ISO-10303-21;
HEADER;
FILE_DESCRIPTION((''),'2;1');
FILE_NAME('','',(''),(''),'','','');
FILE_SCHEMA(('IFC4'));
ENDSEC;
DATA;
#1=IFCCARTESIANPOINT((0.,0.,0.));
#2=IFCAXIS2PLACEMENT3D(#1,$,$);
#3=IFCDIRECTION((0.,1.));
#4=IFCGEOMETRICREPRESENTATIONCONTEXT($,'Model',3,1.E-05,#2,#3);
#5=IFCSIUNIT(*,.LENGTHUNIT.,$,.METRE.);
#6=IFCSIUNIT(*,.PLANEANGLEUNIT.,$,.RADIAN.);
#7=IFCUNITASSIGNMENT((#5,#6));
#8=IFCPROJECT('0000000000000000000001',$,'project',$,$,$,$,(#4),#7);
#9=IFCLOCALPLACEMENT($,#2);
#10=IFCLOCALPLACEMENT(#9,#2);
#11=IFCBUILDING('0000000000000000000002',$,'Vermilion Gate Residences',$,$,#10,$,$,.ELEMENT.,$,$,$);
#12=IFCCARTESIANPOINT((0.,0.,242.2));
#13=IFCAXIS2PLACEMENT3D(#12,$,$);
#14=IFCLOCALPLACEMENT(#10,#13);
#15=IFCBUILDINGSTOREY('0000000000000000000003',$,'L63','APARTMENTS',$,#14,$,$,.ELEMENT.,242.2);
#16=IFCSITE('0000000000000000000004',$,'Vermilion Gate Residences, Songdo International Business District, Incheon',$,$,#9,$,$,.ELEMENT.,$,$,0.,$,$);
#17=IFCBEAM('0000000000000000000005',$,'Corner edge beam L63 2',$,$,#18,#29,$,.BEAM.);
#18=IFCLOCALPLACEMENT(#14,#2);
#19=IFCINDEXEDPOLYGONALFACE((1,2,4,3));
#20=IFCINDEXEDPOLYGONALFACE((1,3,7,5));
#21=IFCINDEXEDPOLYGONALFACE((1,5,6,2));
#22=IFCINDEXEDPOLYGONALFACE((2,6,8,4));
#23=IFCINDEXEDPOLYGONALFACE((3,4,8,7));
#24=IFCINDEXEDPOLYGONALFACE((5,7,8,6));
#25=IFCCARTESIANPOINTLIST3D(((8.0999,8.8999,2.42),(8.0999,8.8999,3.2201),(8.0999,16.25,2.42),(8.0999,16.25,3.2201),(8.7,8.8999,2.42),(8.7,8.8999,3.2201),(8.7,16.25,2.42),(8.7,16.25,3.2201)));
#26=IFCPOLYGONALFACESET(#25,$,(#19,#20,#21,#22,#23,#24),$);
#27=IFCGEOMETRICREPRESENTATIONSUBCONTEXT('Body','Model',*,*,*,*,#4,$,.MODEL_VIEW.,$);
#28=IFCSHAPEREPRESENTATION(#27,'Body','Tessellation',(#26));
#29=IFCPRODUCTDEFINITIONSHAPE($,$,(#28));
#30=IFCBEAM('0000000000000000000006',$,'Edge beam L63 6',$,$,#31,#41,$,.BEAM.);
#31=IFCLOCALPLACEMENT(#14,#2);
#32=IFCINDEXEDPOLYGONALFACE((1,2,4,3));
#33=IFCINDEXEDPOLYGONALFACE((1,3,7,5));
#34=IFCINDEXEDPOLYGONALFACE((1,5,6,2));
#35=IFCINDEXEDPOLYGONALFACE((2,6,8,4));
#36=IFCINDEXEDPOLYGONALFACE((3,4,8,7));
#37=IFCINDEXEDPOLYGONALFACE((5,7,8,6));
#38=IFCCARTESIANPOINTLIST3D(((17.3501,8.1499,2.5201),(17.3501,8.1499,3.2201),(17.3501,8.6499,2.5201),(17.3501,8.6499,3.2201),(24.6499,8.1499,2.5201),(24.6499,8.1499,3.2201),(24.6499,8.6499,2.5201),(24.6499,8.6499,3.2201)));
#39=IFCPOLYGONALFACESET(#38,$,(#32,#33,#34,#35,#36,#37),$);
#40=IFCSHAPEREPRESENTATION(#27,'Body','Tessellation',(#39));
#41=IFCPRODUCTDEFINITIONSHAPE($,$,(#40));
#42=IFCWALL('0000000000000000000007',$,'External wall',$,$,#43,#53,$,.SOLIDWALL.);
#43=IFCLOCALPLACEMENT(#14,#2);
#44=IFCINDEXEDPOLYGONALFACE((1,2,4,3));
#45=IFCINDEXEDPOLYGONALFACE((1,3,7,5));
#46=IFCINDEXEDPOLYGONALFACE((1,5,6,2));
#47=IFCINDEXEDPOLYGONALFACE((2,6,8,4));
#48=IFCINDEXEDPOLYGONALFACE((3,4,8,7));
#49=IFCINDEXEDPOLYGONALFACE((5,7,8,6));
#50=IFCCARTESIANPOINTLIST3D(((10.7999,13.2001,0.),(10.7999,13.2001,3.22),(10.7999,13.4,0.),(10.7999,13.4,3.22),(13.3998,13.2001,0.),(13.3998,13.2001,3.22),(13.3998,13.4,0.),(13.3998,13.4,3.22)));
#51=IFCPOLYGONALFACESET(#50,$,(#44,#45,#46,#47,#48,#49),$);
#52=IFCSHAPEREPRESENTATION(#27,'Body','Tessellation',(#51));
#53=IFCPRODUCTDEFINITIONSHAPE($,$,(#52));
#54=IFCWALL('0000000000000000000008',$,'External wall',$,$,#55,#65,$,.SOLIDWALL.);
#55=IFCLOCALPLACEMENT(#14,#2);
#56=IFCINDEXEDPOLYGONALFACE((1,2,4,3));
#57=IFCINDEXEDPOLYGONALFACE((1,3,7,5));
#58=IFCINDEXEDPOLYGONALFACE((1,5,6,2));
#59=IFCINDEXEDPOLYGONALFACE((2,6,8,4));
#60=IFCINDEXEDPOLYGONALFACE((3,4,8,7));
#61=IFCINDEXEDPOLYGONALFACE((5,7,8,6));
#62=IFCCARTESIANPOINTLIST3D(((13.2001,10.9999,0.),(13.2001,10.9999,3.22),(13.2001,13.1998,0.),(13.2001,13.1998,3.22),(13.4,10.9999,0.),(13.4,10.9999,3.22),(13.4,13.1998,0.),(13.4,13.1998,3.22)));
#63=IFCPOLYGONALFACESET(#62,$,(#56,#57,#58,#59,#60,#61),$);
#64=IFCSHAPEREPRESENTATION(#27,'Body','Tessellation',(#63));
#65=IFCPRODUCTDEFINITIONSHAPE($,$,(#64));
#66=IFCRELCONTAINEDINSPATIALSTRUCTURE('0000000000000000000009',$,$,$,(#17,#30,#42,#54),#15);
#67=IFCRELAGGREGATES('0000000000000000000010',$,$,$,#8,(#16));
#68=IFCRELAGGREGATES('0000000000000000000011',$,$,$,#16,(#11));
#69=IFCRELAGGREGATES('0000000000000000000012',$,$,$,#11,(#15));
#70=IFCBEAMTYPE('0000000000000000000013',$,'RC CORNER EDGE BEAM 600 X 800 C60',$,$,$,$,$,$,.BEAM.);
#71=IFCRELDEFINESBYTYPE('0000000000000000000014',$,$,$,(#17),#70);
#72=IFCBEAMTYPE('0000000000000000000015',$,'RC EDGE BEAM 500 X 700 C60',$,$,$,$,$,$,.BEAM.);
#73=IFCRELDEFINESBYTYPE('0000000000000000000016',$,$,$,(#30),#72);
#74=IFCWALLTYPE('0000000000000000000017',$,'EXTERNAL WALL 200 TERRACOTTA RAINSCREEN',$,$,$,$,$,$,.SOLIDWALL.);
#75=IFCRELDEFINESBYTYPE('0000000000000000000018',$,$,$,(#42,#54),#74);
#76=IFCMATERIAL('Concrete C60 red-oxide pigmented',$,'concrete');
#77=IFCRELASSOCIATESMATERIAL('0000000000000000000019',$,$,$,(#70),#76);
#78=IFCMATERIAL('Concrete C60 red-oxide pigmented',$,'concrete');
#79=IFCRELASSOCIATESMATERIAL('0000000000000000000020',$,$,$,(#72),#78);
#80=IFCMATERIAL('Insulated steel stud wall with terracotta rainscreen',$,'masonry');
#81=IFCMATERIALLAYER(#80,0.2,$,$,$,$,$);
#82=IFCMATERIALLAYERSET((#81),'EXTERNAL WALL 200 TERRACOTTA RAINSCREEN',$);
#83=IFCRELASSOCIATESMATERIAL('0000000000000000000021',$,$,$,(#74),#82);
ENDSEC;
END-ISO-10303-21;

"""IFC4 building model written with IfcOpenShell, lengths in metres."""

from ifc_helpers import new_model, si_unit, direction, frame, frame_2d, origin, origin_2d, place, context, subcontext, project, spatial, rectangle, extrude, material, layer, layer_set, material_profile, profile_set, type_object, element, save


model = new_model("IFC4")

# Units and contexts
model_context = context("Model", 3, precision=1e-05, world=origin(), true_north=direction((0.0, 1.0)))
body_context = subcontext(model_context, "Body", "Model", "MODEL_VIEW")
ifc_project = project(units=[si_unit("LENGTHUNIT", "METRE"), si_unit("PLANEANGLEUNIT", "RADIAN")], contexts=[model_context])

# Site, building, storey
site_placement = place(None, origin())
site = spatial("IfcSite", under=ifc_project, at=site_placement, Name="Vermilion Gate Residences, Songdo International Business District, Incheon", CompositionType="ELEMENT", RefElevation=0.0)
building_placement = place(site_placement, origin())
building = spatial("IfcBuilding", under=site, at=building_placement, Name="Vermilion Gate Residences", CompositionType="ELEMENT")
storey_placement = place(building_placement, frame((0.0, 0.0, 242.2)))
storey = spatial("IfcBuildingStorey", under=building, at=storey_placement, Name="L63", Description="APARTMENTS", CompositionType="ELEMENT", Elevation=242.2)

# Beams
ifc_material_1 = material(Name="Concrete C60 red-oxide pigmented", Category="concrete")
ifc_material_profile_1 = material_profile(ifc_material_1, rectangle(XDim=0.6001, YDim=0.8, at=origin_2d()), Name="RC-600x800")
ifc_profile_set_1 = profile_set([ifc_material_profile_1], Name="Concrete C60 red-oxide pigmented")
beam_type_1 = type_object("IfcBeamType", Name="RC CORNER EDGE BEAM 600 X 800 C60", PredefinedType="BEAM", material=ifc_profile_set_1)
beam_1_placement = place(storey_placement, frame((8.3999, 8.8999, 2.8201), z_axis=(0.0, 1.0, 0.0), x_axis=(-1.0, 0.0, 0.0)))
element("IfcBeam", 1, at=beam_1_placement, inside=storey, type_object=beam_type_1, Name="Corner edge beam L63 2", PredefinedType="BEAM", context=body_context, shape_type="SweptSolid", body=[
    extrude(rectangle(XDim=0.6001, YDim=0.8, at=origin_2d()), origin(), (0.0, 0.0, 1.0), 7.3501),
])
ifc_material_2 = material(Name="Concrete C60 red-oxide pigmented", Category="concrete")
ifc_material_profile_2 = material_profile(ifc_material_2, rectangle(XDim=0.5, YDim=0.7, at=origin_2d()), Name="RC-500x700")
ifc_profile_set_2 = profile_set([ifc_material_profile_2], Name="Concrete C60 red-oxide pigmented")
beam_type_2 = type_object("IfcBeamType", Name="RC EDGE BEAM 500 X 700 C60", PredefinedType="BEAM", material=ifc_profile_set_2)
beam_2_placement = place(storey_placement, frame((17.3501, 8.3999, 2.8701), z_axis=(1.0, 0.0, 0.0), x_axis=(0.0, 1.0, 0.0)))
element("IfcBeam", 2, at=beam_2_placement, inside=storey, type_object=beam_type_2, Name="Edge beam L63 6", PredefinedType="BEAM", context=body_context, shape_type="SweptSolid", body=[
    extrude(rectangle(XDim=0.5, YDim=0.7, at=origin_2d()), origin(), (0.0, 0.0, 1.0), 7.2998),
])

# Walls
ifc_material_3 = material(Name="Insulated steel stud wall with terracotta rainscreen", Category="masonry")
ifc_layer_1 = layer(ifc_material_3, 0.2)
ifc_layer_set_1 = layer_set([ifc_layer_1], Name="EXTERNAL WALL 200 TERRACOTTA RAINSCREEN")
wall_type_1 = type_object("IfcWallType", Name="EXTERNAL WALL 200 TERRACOTTA RAINSCREEN", PredefinedType="SOLIDWALL", material=ifc_layer_set_1)
wall_1_placement = place(storey_placement, frame((10.8, 13.3, 0.0), z_axis=(0.0, 0.0, 1.0), x_axis=(1.0, 0.0, 0.0)))
element("IfcWall", 3, at=wall_1_placement, inside=storey, type_object=wall_type_1, Name="External wall", PredefinedType="SOLIDWALL", context=body_context, shape_type="SweptSolid", body=[
    extrude(rectangle(XDim=2.5999, YDim=0.2, at=frame_2d((1.2998, 0.0))), origin(), (0.0, 0.0, 1.0), 3.22),
])
wall_2_placement = place(storey_placement, frame((13.3, 13.2, 0.0), z_axis=(0.0, 0.0, 1.0), x_axis=(0.0, -1.0, 0.0)))
element("IfcWall", 4, at=wall_2_placement, inside=storey, type_object=wall_type_1, Name="External wall", PredefinedType="SOLIDWALL", context=body_context, shape_type="SweptSolid", body=[
    extrude(rectangle(XDim=2.2, YDim=0.2, at=frame_2d((1.1001, 0.0))), origin(), (0.0, 0.0, 1.0), 3.22),
])

save(model, "model.ifc")
